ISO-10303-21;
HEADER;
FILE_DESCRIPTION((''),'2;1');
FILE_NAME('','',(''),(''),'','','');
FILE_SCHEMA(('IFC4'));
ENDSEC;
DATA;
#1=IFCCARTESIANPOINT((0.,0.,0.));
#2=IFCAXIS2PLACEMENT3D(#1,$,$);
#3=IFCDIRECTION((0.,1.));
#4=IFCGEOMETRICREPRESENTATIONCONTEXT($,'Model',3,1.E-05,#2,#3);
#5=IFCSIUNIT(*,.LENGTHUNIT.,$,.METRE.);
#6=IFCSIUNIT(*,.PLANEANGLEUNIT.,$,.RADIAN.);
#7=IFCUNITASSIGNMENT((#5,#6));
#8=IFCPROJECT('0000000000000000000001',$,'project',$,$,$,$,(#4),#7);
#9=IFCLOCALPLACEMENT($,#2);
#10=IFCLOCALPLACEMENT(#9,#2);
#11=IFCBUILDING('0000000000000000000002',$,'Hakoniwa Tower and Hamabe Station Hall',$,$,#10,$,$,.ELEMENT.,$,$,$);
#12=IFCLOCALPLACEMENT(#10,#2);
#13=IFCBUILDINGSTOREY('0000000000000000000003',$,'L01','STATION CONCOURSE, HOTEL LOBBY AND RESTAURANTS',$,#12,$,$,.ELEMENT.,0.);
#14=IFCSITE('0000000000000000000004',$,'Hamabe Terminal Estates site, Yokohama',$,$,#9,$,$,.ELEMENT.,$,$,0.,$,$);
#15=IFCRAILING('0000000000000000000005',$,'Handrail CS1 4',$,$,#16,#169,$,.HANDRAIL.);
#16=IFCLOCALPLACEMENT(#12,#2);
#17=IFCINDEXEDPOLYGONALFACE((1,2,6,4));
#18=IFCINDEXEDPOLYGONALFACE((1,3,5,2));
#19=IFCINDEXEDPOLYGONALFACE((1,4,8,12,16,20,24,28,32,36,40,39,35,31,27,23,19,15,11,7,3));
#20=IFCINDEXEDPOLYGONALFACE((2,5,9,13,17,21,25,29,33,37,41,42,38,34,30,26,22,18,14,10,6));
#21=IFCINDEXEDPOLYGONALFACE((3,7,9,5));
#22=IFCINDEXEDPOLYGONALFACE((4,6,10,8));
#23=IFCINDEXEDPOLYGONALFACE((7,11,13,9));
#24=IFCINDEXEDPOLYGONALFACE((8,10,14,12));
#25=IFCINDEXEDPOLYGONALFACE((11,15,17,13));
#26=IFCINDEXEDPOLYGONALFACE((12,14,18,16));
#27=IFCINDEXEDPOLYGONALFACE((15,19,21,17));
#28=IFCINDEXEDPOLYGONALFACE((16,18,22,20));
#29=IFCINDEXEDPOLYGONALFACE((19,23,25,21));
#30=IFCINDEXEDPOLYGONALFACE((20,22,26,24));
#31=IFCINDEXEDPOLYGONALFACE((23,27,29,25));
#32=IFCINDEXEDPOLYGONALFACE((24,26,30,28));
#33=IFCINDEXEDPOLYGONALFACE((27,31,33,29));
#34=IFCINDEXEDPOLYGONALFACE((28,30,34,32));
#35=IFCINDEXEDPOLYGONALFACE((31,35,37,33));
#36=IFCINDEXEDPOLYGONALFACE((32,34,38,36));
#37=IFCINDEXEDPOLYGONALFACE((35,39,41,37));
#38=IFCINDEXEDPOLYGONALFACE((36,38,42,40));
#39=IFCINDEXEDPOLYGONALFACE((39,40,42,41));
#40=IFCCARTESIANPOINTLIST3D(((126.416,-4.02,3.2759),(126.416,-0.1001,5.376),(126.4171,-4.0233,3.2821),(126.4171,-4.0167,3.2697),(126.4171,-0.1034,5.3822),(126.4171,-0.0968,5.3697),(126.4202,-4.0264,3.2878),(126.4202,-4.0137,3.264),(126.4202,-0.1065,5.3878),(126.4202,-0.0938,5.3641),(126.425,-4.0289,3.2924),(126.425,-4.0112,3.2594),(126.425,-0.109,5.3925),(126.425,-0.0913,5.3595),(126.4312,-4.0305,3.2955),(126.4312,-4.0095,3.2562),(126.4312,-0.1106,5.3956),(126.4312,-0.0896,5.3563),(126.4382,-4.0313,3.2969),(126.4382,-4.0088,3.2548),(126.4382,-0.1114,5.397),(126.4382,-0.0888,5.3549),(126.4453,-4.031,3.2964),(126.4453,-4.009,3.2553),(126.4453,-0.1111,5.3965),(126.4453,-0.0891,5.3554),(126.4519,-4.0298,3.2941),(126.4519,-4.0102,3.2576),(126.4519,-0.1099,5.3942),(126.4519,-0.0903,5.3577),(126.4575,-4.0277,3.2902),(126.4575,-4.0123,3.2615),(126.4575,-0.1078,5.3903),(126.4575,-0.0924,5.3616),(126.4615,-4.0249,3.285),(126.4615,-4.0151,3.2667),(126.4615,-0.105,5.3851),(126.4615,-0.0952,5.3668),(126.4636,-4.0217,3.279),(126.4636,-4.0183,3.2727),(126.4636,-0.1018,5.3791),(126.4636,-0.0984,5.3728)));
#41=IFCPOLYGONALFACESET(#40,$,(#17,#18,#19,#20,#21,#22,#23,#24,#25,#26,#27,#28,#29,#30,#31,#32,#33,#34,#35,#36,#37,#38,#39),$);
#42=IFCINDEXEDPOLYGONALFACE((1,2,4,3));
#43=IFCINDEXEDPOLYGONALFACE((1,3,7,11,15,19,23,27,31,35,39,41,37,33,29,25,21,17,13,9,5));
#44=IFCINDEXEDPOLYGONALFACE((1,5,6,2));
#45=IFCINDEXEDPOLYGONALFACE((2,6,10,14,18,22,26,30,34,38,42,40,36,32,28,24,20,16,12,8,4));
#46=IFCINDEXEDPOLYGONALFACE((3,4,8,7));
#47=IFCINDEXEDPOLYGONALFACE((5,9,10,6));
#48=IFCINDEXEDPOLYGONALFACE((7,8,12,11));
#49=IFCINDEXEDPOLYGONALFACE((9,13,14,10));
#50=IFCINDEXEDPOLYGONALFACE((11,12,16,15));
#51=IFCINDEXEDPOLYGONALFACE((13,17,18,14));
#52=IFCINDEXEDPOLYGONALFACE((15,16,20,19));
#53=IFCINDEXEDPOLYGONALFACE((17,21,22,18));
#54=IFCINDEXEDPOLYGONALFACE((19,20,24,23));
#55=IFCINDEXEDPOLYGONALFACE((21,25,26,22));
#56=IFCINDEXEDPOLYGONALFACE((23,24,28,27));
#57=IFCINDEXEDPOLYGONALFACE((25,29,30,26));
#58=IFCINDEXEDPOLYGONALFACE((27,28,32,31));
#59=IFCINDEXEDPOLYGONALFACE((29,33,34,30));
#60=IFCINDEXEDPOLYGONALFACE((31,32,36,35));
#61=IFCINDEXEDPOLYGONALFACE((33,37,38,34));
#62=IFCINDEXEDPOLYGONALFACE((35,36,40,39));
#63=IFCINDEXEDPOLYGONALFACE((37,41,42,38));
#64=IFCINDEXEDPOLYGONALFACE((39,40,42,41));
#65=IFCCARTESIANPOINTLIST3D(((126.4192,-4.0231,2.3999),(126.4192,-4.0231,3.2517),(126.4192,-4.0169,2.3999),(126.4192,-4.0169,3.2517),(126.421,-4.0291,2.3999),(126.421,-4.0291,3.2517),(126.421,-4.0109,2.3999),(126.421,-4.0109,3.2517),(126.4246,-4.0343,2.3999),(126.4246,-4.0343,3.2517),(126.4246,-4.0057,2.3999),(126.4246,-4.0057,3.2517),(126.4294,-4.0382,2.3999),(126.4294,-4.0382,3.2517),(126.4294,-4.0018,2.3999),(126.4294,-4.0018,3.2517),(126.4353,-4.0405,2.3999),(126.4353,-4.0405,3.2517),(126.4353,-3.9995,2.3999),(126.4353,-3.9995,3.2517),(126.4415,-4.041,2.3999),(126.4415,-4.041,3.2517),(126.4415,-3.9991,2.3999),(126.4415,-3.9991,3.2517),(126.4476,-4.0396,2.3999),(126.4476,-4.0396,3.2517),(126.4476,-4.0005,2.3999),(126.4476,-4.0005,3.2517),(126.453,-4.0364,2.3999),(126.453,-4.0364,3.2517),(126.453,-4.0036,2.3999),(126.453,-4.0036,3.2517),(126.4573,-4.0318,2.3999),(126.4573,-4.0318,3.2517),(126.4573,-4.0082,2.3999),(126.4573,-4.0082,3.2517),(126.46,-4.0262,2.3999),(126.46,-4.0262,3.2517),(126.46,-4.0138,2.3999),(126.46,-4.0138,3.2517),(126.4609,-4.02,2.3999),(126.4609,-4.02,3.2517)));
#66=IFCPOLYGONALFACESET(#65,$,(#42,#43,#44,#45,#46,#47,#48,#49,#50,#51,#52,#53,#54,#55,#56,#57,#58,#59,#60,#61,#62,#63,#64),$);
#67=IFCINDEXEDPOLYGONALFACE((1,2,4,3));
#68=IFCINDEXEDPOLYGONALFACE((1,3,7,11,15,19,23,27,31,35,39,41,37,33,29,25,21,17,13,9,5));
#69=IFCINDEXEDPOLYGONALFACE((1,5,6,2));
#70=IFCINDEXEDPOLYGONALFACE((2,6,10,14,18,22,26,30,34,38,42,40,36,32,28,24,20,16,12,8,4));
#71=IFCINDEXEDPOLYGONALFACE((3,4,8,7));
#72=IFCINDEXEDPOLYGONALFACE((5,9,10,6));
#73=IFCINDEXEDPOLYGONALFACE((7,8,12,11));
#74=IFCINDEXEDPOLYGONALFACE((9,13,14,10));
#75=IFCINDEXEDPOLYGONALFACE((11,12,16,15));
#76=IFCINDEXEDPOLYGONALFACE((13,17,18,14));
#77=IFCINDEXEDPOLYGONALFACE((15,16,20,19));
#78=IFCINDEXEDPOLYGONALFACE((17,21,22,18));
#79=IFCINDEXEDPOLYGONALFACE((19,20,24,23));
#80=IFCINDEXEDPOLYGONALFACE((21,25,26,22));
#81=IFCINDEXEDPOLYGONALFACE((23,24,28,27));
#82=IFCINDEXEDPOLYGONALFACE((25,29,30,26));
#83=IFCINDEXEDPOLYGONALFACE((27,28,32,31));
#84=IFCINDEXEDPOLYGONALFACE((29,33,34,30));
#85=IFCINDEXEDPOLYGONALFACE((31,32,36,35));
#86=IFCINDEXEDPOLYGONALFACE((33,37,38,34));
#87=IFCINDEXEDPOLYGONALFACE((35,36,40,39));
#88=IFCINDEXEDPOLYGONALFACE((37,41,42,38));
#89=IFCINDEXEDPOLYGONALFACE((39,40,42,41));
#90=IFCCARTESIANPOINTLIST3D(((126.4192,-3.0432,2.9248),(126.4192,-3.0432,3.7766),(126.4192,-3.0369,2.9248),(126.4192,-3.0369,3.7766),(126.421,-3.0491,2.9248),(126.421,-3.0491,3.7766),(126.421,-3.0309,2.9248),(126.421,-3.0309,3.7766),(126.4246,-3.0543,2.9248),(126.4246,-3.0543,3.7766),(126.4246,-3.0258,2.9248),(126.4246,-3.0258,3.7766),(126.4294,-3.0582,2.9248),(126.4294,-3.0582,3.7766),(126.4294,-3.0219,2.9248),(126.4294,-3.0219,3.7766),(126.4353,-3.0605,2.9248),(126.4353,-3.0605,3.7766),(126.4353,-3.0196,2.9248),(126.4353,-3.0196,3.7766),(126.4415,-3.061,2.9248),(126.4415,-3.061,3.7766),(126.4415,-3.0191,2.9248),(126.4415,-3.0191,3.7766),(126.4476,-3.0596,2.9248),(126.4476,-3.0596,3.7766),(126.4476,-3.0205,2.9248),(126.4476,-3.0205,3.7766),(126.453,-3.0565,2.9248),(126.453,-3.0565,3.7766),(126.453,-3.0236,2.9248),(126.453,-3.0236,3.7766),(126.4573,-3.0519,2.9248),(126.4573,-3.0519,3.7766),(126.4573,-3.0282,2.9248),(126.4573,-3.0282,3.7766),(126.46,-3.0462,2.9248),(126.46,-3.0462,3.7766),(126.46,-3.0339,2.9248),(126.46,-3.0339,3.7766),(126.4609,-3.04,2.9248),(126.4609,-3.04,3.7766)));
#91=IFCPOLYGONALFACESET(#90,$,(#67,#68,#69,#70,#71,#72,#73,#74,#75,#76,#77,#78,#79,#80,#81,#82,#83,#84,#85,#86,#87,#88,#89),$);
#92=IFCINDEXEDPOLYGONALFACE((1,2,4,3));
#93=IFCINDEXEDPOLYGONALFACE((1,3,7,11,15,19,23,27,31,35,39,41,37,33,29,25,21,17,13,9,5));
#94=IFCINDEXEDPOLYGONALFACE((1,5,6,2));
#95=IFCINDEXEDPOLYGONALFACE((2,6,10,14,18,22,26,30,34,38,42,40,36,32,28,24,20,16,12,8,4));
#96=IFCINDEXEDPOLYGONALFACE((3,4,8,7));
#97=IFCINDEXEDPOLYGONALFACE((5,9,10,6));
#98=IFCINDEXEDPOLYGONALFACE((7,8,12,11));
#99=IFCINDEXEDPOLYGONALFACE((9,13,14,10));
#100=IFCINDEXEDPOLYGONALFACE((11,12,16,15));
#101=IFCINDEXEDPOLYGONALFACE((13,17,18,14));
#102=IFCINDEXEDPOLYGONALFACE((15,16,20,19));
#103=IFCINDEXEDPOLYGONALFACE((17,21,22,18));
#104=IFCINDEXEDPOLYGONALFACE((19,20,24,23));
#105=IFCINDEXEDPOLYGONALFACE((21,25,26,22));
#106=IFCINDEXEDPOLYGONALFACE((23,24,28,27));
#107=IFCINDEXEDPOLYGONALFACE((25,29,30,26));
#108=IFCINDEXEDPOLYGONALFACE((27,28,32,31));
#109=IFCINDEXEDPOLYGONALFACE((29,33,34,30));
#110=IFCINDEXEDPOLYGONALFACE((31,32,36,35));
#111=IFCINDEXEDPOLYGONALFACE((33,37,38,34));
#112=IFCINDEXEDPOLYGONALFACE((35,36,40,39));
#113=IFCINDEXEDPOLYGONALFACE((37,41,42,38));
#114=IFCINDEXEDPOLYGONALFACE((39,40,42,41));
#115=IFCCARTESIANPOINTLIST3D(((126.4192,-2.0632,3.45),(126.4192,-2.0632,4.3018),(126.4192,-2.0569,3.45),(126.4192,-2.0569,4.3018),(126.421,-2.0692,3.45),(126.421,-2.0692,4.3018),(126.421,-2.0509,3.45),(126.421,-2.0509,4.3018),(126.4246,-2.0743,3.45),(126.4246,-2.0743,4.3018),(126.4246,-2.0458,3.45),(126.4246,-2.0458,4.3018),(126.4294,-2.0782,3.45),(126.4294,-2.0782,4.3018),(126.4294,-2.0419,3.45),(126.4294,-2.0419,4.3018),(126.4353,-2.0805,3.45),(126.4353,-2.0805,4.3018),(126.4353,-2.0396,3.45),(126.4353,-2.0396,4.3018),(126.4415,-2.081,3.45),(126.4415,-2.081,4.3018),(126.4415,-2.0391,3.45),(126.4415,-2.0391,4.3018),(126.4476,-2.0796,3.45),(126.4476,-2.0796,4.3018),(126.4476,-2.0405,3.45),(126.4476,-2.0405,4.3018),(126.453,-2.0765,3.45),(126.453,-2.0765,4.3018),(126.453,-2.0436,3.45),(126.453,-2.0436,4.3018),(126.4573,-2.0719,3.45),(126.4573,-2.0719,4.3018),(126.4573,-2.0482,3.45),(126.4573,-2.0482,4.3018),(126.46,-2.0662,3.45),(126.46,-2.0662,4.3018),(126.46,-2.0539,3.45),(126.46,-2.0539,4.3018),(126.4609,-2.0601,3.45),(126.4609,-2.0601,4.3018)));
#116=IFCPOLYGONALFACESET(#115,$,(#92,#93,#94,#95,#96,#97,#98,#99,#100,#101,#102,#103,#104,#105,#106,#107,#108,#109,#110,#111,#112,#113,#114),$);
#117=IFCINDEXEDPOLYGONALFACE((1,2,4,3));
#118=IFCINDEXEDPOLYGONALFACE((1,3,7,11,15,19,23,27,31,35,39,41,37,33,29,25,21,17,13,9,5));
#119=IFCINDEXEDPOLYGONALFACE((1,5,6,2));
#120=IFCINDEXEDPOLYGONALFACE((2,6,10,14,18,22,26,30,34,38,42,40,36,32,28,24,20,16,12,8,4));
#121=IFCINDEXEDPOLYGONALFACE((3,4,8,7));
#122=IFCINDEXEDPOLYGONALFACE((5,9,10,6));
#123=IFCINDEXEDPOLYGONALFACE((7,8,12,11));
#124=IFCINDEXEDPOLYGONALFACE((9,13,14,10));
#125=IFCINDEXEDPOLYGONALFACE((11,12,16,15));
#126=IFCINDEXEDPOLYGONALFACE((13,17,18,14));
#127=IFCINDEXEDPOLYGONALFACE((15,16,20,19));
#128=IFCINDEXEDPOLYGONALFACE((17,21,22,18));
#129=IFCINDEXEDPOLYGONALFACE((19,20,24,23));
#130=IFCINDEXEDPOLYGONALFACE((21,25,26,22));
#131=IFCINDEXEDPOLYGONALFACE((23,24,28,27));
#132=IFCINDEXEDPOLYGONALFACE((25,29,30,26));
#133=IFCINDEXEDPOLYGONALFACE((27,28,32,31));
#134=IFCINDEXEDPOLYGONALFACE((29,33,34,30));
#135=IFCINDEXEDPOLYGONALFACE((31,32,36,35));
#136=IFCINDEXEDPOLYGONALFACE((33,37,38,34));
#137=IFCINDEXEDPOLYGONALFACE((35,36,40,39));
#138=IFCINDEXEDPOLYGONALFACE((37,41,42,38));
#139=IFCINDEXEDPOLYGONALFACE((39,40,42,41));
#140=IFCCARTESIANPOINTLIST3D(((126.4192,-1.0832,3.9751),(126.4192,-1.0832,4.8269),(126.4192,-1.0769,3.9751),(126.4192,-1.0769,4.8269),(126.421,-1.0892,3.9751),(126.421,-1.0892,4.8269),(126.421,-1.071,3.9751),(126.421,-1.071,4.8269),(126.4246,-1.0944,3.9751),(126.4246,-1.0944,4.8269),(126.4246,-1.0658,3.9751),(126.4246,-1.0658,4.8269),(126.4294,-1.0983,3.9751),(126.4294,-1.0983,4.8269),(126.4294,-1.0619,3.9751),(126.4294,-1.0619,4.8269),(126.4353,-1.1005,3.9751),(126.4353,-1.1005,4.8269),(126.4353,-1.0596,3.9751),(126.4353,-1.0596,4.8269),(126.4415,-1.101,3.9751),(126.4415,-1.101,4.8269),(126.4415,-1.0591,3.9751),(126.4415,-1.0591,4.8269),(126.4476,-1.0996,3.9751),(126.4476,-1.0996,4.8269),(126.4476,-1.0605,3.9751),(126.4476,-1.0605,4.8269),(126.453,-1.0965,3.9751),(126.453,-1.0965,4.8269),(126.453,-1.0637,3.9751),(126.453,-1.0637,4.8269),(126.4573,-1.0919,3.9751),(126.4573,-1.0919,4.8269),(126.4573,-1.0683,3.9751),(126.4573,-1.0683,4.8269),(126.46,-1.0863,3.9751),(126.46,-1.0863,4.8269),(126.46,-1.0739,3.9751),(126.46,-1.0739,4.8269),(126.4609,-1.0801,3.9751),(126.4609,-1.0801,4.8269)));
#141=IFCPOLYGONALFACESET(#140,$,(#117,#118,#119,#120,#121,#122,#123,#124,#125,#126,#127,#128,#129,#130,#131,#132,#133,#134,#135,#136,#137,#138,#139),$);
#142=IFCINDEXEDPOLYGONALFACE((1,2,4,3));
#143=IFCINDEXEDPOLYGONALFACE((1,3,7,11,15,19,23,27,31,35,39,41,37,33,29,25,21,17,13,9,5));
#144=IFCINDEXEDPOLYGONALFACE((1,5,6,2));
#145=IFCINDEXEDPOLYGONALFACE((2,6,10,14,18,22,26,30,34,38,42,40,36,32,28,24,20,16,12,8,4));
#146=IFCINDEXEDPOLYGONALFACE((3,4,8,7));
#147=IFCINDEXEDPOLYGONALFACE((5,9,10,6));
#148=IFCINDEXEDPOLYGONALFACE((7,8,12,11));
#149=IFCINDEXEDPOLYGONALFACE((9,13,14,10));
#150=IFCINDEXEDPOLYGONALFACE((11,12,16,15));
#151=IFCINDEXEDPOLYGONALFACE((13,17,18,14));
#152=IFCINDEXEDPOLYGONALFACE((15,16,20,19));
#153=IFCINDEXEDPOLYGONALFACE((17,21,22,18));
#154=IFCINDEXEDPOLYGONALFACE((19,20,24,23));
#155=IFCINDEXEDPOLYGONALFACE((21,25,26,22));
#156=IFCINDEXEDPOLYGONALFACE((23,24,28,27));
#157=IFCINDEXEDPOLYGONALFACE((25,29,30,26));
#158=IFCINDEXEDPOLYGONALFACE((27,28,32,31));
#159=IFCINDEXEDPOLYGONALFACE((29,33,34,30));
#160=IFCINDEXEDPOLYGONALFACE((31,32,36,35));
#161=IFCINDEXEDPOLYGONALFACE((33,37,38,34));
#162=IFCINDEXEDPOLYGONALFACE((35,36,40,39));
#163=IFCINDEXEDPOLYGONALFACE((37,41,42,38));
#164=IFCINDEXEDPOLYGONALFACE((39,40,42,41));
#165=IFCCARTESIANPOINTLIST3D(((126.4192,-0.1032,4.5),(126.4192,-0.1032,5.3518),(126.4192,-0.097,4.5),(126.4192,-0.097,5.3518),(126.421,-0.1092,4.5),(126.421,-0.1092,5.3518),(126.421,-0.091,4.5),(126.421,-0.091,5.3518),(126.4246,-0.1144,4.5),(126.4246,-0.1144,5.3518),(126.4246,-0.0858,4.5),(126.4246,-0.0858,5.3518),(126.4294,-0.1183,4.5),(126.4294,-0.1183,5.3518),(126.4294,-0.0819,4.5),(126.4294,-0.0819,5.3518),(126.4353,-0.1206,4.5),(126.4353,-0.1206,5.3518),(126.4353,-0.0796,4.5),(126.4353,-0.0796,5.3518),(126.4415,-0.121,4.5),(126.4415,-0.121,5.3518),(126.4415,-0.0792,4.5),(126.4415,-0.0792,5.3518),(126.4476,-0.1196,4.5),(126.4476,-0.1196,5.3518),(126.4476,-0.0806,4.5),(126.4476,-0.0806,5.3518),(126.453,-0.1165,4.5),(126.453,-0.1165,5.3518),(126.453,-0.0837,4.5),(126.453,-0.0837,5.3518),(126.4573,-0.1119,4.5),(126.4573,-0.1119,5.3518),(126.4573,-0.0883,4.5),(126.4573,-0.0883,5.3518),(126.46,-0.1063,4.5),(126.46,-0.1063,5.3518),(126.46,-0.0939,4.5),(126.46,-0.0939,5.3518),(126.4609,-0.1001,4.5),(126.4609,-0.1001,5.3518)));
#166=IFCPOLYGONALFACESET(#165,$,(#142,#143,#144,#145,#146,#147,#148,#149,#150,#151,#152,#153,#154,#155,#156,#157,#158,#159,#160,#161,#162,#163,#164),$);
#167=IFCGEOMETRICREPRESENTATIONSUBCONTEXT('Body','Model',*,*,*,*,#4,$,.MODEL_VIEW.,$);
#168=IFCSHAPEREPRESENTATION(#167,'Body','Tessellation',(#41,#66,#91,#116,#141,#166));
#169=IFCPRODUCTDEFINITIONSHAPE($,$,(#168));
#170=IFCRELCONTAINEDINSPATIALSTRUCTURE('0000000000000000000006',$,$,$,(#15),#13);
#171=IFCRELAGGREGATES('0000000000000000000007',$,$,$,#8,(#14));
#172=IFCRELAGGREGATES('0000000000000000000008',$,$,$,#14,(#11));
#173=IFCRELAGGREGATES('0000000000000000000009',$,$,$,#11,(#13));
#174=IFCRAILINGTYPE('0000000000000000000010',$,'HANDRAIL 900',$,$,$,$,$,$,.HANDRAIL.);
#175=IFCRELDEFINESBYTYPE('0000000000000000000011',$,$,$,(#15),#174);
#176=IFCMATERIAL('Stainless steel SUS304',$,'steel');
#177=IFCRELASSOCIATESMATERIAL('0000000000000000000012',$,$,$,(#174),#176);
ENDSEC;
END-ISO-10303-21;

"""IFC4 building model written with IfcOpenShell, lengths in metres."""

from ifc_helpers import new_model, si_unit, direction, frame, origin, origin_2d, place, context, subcontext, project, spatial, circle, extrude, material, type_object, element, save


model = new_model("IFC4")

# Units and contexts
model_context = context("Model", 3, precision=1e-05, world=origin(), true_north=direction((0.0, 1.0)))
body_context = subcontext(model_context, "Body", "Model", "MODEL_VIEW")
ifc_project = project(units=[si_unit("LENGTHUNIT", "METRE"), si_unit("PLANEANGLEUNIT", "RADIAN")], contexts=[model_context])

# Site, building, storey
site_placement = place(None, origin())
site = spatial("IfcSite", under=ifc_project, at=site_placement, Name="Hamabe Terminal Estates site, Yokohama", CompositionType="ELEMENT", RefElevation=0.0)
building_placement = place(site_placement, origin())
building = spatial("IfcBuilding", under=site, at=building_placement, Name="Hakoniwa Tower and Hamabe Station Hall", CompositionType="ELEMENT")
storey_placement = place(building_placement, origin())
storey = spatial("IfcBuildingStorey", under=building, at=storey_placement, Name="L01", Description="STATION CONCOURSE, HOTEL LOBBY AND RESTAURANTS", CompositionType="ELEMENT", Elevation=0.0)

# Railing
ifc_material_1 = material(Name="Stainless steel SUS304", Category="steel")
railing_type_1 = type_object("IfcRailingType", Name="HANDRAIL 900", PredefinedType="HANDRAIL", material=ifc_material_1)
railing_1_placement = place(storey_placement, frame((126.4399, -4.02, 2.3999)))
element("IfcRailing", 1, at=railing_1_placement, inside=storey, type_object=railing_type_1, Name="Handrail CS1 4", PredefinedType="HANDRAIL", context=body_context, shape_type="SweptSolid", body=[
    extrude(circle(Radius=0.0239, at=origin_2d()), frame((0.0, 0.0, 0.876), z_axis=(0.0, 0.881467, 0.472246), x_axis=(-1.0, 0.0, 0.0)), (0.0, 0.0, 1.0), 4.447),
    extrude(circle(Radius=0.021, at=origin_2d()), origin(), (0.0, 0.0, 1.0), 0.8518),
    extrude(circle(Radius=0.021, at=origin_2d()), frame((0.0, 0.98, 0.5249)), (0.0, 0.0, 1.0), 0.8518),
    extrude(circle(Radius=0.021, at=origin_2d()), frame((0.0, 1.96, 1.05)), (0.0, 0.0, 1.0), 0.8518),
    extrude(circle(Radius=0.021, at=origin_2d()), frame((0.0, 2.9399, 1.5752)), (0.0, 0.0, 1.0), 0.8518),
    extrude(circle(Radius=0.021, at=origin_2d()), frame((0.0, 3.9199, 2.1001)), (0.0, 0.0, 1.0), 0.8518),
])

save(model, "model.ifc")
